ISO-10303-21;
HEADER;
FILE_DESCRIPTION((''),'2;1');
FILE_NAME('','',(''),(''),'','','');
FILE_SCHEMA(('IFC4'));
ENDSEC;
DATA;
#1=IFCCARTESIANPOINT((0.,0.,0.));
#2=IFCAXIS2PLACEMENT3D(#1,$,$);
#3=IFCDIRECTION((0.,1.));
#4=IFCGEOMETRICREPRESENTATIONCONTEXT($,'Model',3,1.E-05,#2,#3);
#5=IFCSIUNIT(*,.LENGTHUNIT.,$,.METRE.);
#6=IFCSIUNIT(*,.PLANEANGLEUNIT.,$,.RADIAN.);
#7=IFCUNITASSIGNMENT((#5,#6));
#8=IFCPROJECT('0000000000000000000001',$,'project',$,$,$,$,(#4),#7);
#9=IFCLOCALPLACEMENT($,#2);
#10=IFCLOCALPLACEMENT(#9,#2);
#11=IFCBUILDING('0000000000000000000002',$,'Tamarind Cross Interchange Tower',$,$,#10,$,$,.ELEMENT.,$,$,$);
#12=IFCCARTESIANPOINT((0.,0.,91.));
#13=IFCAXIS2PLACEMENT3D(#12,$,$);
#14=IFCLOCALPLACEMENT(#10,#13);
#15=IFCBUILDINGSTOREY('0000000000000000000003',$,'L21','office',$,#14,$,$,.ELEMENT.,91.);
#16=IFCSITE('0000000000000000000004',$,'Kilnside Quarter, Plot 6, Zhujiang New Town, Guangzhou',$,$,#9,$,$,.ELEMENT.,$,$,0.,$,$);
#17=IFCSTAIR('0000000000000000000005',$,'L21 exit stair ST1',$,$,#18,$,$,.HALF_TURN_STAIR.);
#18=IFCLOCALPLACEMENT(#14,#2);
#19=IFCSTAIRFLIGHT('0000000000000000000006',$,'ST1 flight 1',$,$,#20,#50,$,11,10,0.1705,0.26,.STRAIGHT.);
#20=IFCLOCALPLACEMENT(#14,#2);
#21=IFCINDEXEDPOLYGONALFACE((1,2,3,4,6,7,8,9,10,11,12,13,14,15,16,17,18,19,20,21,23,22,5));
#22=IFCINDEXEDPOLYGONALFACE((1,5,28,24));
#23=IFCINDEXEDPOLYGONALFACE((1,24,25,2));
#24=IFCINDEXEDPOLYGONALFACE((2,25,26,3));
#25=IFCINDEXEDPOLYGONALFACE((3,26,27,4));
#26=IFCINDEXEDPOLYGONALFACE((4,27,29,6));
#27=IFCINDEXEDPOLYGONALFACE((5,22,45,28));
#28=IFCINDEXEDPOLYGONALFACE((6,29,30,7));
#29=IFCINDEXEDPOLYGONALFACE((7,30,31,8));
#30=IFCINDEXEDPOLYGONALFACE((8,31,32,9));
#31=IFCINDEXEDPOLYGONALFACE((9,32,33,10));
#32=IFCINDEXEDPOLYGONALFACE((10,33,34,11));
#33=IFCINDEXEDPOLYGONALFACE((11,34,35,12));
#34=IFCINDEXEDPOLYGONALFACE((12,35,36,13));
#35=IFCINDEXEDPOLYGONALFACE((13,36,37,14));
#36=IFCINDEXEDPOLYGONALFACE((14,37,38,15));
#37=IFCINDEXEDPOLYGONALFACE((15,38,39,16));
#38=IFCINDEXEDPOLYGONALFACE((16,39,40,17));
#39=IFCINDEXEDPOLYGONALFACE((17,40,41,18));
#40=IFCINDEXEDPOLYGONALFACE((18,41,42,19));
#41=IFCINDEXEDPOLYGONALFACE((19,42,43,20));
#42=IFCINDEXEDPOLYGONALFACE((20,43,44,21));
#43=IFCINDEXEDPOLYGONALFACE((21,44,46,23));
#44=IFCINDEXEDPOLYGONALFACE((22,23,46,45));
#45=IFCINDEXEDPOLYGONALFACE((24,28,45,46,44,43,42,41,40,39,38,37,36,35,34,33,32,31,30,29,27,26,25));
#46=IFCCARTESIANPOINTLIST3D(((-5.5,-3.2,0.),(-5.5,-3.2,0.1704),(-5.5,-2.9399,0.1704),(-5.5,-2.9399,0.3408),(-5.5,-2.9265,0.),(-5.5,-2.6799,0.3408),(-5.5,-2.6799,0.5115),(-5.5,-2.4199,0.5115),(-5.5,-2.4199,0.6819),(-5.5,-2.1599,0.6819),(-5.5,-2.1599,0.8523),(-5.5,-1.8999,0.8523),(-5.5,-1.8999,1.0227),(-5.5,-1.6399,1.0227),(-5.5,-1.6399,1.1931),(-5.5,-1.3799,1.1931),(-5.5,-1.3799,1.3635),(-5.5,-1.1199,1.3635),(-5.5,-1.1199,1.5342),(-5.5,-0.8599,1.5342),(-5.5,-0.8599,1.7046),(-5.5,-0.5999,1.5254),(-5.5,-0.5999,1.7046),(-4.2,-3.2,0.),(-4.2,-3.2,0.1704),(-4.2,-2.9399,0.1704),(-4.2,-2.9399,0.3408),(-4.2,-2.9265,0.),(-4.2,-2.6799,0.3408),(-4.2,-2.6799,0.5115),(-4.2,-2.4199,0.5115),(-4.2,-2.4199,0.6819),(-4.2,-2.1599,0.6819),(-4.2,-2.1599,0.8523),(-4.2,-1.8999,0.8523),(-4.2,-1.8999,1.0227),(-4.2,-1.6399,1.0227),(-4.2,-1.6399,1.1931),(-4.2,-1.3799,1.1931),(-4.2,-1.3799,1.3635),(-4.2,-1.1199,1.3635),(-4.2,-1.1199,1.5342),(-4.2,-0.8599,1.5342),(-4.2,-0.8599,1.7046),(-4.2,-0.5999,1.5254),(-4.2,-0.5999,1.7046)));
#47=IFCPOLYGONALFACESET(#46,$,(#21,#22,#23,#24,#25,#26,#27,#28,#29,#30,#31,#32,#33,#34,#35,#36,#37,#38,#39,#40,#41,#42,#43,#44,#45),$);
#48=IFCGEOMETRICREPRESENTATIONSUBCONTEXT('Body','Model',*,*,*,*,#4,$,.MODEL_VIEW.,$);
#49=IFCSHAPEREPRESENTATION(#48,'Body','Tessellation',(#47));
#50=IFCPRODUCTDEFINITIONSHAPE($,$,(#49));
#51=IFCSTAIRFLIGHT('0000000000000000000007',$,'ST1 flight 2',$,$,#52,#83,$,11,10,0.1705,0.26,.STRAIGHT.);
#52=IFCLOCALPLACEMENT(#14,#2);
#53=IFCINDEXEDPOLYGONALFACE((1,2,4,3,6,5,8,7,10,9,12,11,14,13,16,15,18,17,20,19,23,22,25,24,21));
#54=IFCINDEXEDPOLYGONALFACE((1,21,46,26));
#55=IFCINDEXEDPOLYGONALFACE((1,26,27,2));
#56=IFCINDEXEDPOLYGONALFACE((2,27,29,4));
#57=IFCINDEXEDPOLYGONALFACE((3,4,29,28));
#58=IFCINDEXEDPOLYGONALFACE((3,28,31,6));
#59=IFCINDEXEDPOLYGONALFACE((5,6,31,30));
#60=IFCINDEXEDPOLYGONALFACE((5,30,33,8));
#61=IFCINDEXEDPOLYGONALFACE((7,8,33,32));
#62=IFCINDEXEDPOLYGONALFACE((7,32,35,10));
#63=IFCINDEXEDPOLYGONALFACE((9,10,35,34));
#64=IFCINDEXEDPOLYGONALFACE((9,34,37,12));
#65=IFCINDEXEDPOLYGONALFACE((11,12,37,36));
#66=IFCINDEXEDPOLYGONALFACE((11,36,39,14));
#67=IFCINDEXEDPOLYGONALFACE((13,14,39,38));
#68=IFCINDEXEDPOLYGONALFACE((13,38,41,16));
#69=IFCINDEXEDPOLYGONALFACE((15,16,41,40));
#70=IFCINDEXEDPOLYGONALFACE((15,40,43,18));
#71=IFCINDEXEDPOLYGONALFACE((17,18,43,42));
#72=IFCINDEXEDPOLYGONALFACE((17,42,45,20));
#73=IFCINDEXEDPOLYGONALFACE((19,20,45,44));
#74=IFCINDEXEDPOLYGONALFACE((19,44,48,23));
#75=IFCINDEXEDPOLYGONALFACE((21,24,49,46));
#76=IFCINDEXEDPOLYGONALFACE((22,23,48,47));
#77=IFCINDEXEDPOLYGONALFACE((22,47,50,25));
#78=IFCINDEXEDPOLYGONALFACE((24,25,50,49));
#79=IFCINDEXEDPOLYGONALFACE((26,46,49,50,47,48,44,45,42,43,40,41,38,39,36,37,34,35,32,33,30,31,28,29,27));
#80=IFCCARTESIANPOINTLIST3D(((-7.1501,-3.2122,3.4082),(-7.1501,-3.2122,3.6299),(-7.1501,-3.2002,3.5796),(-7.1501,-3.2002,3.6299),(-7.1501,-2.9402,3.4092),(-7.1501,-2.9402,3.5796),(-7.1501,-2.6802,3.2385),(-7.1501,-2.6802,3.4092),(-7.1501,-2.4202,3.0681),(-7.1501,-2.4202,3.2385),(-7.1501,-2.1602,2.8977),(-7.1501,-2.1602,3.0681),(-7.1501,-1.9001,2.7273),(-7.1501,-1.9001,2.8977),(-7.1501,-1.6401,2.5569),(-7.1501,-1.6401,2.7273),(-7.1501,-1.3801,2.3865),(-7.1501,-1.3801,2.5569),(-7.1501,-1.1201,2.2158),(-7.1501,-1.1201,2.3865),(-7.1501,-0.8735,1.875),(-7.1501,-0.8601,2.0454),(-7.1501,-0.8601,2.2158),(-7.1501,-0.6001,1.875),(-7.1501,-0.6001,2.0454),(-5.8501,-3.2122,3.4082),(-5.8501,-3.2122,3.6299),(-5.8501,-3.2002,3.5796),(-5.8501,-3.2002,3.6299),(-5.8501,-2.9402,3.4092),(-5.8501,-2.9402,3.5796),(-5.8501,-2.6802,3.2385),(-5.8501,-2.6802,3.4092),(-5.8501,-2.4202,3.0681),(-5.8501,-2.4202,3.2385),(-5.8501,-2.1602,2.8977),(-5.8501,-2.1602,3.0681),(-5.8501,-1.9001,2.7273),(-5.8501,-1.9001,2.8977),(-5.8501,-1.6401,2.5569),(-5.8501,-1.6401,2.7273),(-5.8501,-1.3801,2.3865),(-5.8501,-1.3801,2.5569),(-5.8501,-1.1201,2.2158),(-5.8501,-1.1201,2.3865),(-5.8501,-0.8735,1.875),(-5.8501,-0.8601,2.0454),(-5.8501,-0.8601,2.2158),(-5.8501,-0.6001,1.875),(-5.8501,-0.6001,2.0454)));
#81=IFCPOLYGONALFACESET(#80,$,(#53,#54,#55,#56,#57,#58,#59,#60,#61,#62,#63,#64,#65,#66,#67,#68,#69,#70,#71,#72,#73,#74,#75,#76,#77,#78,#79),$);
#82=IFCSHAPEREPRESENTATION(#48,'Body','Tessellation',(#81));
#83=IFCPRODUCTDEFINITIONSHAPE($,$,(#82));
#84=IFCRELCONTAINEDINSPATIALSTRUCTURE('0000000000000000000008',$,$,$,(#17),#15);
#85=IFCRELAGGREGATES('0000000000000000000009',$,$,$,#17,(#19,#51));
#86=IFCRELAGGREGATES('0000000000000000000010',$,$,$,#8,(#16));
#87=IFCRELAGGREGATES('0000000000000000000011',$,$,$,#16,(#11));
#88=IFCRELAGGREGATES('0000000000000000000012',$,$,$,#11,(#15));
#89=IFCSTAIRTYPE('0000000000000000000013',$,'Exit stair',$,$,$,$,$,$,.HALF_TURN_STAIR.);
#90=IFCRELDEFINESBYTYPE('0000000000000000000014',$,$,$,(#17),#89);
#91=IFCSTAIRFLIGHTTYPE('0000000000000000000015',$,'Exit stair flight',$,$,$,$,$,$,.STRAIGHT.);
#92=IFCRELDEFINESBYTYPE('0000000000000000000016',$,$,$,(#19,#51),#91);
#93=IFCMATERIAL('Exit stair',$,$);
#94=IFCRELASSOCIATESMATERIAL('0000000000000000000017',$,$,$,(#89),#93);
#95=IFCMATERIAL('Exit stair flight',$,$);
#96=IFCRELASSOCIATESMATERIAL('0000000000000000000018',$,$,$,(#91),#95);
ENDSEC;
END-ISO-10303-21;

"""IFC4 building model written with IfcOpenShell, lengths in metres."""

from ifc_helpers import new_model, si_unit, direction, frame, origin, place, context, subcontext, project, spatial, polyline, outline, extrude, material, type_object, element, aggregate, save


model = new_model("IFC4")

# Units and contexts
model_context = context("Model", 3, precision=1e-05, world=origin(), true_north=direction((0.0, 1.0)))
body_context = subcontext(model_context, "Body", "Model", "MODEL_VIEW")
ifc_project = project(units=[si_unit("LENGTHUNIT", "METRE"), si_unit("PLANEANGLEUNIT", "RADIAN")], contexts=[model_context])

# Site, building, storey
site_placement = place(None, origin())
site = spatial("IfcSite", under=ifc_project, at=site_placement, Name="Kilnside Quarter, Plot 6, Zhujiang New Town, Guangzhou", CompositionType="ELEMENT", RefElevation=0.0)
building_placement = place(site_placement, origin())
building = spatial("IfcBuilding", under=site, at=building_placement, Name="Tamarind Cross Interchange Tower", CompositionType="ELEMENT")
storey_placement = place(building_placement, frame((0.0, 0.0, 91.0)))
storey = spatial("IfcBuildingStorey", under=building, at=storey_placement, Name="L21", Description="office", CompositionType="ELEMENT", Elevation=91.0)

# Stair, stair flights
ifc_material_1 = material(Name="Exit stair")
stair_type = type_object("IfcStairType", Name="Exit stair", PredefinedType="HALF_TURN_STAIR", material=ifc_material_1)
stair_placement = place(storey_placement, origin())
stair = element("IfcStair", 1, at=stair_placement, inside=storey, type_object=stair_type, Name="L21 exit stair ST1", PredefinedType="HALF_TURN_STAIR")
ifc_material_2 = material(Name="Exit stair flight")
stair_flight_type = type_object("IfcStairFlightType", Name="Exit stair flight", PredefinedType="STRAIGHT", material=ifc_material_2)
stair_flight_1_placement = place(storey_placement, frame((-4.8501, -3.2, 0.0), z_axis=(0.0, 0.0, 1.0), x_axis=(0.0, 1.0, 0.0)))
stair_flight_1 = element("IfcStairFlight", 2, at=stair_flight_1_placement, type_object=stair_flight_type, Name="ST1 flight 1", NumberOfRisers=11, NumberOfTreads=10, PredefinedType="STRAIGHT", RiserHeight=0.1705, TreadLength=0.26, context=body_context, shape_type="SweptSolid", body=[
    extrude(outline(polyline([(0.0, 0.0), (0.0, 0.1704), (0.26, 0.1704), (0.26, 0.3408), (0.52, 0.3408), (0.52, 0.5115), (0.78, 0.5115), (0.78, 0.6819), (1.04, 0.6819), (1.04, 0.8523), (1.3, 0.8523), (1.3, 1.0227), (1.5601, 1.0227), (1.5601, 1.1931), (1.8201, 1.1931), (1.8201, 1.3635), (2.0801, 1.3635), (2.0801, 1.5342), (2.3401, 1.5342), (2.3401, 1.7046), (2.6001, 1.7046), (2.6001, 1.875), (2.6001, 1.5254), (0.2734, 0.0), (0.0, 0.0)])), frame((0.0, 0.6499, 0.0), z_axis=(0.0, -1.0, 0.0), x_axis=(1.0, 0.0, 0.0)), (0.0, 0.0, 1.0), 1.3),
])
stair_flight_2_placement = place(storey_placement, frame((-6.5, -0.6001, 1.875), z_axis=(0.0, 0.0, 1.0), x_axis=(0.0, -1.0, 0.0)))
stair_flight_2 = element("IfcStairFlight", 3, at=stair_flight_2_placement, type_object=stair_flight_type, Name="ST1 flight 2", NumberOfRisers=11, NumberOfTreads=10, PredefinedType="STRAIGHT", RiserHeight=0.1705, TreadLength=0.26, context=body_context, shape_type="SweptSolid", body=[
    extrude(outline(polyline([(0.0, 0.0), (0.0, 0.1704), (0.26, 0.1704), (0.26, 0.3408), (0.52, 0.3408), (0.52, 0.5115), (0.78, 0.5115), (0.78, 0.6819), (1.04, 0.6819), (1.04, 0.8523), (1.3, 0.8523), (1.3, 1.0227), (1.5601, 1.0227), (1.5601, 1.1931), (1.8201, 1.1931), (1.8201, 1.3635), (2.0801, 1.3635), (2.0801, 1.5342), (2.3401, 1.5342), (2.3401, 1.7046), (2.6001, 1.7046), (2.6001, 1.7549), (2.6121, 1.7549), (2.6121, 1.5332), (0.2734, 0.0), (0.0, 0.0)])), frame((0.0, 0.6499, 0.0), z_axis=(0.0, -1.0, 0.0), x_axis=(1.0, 0.0, 0.0)), (0.0, 0.0, 1.0), 1.3),
])
aggregate(stair, [stair_flight_1, stair_flight_2])

save(model, "model.ifc")
